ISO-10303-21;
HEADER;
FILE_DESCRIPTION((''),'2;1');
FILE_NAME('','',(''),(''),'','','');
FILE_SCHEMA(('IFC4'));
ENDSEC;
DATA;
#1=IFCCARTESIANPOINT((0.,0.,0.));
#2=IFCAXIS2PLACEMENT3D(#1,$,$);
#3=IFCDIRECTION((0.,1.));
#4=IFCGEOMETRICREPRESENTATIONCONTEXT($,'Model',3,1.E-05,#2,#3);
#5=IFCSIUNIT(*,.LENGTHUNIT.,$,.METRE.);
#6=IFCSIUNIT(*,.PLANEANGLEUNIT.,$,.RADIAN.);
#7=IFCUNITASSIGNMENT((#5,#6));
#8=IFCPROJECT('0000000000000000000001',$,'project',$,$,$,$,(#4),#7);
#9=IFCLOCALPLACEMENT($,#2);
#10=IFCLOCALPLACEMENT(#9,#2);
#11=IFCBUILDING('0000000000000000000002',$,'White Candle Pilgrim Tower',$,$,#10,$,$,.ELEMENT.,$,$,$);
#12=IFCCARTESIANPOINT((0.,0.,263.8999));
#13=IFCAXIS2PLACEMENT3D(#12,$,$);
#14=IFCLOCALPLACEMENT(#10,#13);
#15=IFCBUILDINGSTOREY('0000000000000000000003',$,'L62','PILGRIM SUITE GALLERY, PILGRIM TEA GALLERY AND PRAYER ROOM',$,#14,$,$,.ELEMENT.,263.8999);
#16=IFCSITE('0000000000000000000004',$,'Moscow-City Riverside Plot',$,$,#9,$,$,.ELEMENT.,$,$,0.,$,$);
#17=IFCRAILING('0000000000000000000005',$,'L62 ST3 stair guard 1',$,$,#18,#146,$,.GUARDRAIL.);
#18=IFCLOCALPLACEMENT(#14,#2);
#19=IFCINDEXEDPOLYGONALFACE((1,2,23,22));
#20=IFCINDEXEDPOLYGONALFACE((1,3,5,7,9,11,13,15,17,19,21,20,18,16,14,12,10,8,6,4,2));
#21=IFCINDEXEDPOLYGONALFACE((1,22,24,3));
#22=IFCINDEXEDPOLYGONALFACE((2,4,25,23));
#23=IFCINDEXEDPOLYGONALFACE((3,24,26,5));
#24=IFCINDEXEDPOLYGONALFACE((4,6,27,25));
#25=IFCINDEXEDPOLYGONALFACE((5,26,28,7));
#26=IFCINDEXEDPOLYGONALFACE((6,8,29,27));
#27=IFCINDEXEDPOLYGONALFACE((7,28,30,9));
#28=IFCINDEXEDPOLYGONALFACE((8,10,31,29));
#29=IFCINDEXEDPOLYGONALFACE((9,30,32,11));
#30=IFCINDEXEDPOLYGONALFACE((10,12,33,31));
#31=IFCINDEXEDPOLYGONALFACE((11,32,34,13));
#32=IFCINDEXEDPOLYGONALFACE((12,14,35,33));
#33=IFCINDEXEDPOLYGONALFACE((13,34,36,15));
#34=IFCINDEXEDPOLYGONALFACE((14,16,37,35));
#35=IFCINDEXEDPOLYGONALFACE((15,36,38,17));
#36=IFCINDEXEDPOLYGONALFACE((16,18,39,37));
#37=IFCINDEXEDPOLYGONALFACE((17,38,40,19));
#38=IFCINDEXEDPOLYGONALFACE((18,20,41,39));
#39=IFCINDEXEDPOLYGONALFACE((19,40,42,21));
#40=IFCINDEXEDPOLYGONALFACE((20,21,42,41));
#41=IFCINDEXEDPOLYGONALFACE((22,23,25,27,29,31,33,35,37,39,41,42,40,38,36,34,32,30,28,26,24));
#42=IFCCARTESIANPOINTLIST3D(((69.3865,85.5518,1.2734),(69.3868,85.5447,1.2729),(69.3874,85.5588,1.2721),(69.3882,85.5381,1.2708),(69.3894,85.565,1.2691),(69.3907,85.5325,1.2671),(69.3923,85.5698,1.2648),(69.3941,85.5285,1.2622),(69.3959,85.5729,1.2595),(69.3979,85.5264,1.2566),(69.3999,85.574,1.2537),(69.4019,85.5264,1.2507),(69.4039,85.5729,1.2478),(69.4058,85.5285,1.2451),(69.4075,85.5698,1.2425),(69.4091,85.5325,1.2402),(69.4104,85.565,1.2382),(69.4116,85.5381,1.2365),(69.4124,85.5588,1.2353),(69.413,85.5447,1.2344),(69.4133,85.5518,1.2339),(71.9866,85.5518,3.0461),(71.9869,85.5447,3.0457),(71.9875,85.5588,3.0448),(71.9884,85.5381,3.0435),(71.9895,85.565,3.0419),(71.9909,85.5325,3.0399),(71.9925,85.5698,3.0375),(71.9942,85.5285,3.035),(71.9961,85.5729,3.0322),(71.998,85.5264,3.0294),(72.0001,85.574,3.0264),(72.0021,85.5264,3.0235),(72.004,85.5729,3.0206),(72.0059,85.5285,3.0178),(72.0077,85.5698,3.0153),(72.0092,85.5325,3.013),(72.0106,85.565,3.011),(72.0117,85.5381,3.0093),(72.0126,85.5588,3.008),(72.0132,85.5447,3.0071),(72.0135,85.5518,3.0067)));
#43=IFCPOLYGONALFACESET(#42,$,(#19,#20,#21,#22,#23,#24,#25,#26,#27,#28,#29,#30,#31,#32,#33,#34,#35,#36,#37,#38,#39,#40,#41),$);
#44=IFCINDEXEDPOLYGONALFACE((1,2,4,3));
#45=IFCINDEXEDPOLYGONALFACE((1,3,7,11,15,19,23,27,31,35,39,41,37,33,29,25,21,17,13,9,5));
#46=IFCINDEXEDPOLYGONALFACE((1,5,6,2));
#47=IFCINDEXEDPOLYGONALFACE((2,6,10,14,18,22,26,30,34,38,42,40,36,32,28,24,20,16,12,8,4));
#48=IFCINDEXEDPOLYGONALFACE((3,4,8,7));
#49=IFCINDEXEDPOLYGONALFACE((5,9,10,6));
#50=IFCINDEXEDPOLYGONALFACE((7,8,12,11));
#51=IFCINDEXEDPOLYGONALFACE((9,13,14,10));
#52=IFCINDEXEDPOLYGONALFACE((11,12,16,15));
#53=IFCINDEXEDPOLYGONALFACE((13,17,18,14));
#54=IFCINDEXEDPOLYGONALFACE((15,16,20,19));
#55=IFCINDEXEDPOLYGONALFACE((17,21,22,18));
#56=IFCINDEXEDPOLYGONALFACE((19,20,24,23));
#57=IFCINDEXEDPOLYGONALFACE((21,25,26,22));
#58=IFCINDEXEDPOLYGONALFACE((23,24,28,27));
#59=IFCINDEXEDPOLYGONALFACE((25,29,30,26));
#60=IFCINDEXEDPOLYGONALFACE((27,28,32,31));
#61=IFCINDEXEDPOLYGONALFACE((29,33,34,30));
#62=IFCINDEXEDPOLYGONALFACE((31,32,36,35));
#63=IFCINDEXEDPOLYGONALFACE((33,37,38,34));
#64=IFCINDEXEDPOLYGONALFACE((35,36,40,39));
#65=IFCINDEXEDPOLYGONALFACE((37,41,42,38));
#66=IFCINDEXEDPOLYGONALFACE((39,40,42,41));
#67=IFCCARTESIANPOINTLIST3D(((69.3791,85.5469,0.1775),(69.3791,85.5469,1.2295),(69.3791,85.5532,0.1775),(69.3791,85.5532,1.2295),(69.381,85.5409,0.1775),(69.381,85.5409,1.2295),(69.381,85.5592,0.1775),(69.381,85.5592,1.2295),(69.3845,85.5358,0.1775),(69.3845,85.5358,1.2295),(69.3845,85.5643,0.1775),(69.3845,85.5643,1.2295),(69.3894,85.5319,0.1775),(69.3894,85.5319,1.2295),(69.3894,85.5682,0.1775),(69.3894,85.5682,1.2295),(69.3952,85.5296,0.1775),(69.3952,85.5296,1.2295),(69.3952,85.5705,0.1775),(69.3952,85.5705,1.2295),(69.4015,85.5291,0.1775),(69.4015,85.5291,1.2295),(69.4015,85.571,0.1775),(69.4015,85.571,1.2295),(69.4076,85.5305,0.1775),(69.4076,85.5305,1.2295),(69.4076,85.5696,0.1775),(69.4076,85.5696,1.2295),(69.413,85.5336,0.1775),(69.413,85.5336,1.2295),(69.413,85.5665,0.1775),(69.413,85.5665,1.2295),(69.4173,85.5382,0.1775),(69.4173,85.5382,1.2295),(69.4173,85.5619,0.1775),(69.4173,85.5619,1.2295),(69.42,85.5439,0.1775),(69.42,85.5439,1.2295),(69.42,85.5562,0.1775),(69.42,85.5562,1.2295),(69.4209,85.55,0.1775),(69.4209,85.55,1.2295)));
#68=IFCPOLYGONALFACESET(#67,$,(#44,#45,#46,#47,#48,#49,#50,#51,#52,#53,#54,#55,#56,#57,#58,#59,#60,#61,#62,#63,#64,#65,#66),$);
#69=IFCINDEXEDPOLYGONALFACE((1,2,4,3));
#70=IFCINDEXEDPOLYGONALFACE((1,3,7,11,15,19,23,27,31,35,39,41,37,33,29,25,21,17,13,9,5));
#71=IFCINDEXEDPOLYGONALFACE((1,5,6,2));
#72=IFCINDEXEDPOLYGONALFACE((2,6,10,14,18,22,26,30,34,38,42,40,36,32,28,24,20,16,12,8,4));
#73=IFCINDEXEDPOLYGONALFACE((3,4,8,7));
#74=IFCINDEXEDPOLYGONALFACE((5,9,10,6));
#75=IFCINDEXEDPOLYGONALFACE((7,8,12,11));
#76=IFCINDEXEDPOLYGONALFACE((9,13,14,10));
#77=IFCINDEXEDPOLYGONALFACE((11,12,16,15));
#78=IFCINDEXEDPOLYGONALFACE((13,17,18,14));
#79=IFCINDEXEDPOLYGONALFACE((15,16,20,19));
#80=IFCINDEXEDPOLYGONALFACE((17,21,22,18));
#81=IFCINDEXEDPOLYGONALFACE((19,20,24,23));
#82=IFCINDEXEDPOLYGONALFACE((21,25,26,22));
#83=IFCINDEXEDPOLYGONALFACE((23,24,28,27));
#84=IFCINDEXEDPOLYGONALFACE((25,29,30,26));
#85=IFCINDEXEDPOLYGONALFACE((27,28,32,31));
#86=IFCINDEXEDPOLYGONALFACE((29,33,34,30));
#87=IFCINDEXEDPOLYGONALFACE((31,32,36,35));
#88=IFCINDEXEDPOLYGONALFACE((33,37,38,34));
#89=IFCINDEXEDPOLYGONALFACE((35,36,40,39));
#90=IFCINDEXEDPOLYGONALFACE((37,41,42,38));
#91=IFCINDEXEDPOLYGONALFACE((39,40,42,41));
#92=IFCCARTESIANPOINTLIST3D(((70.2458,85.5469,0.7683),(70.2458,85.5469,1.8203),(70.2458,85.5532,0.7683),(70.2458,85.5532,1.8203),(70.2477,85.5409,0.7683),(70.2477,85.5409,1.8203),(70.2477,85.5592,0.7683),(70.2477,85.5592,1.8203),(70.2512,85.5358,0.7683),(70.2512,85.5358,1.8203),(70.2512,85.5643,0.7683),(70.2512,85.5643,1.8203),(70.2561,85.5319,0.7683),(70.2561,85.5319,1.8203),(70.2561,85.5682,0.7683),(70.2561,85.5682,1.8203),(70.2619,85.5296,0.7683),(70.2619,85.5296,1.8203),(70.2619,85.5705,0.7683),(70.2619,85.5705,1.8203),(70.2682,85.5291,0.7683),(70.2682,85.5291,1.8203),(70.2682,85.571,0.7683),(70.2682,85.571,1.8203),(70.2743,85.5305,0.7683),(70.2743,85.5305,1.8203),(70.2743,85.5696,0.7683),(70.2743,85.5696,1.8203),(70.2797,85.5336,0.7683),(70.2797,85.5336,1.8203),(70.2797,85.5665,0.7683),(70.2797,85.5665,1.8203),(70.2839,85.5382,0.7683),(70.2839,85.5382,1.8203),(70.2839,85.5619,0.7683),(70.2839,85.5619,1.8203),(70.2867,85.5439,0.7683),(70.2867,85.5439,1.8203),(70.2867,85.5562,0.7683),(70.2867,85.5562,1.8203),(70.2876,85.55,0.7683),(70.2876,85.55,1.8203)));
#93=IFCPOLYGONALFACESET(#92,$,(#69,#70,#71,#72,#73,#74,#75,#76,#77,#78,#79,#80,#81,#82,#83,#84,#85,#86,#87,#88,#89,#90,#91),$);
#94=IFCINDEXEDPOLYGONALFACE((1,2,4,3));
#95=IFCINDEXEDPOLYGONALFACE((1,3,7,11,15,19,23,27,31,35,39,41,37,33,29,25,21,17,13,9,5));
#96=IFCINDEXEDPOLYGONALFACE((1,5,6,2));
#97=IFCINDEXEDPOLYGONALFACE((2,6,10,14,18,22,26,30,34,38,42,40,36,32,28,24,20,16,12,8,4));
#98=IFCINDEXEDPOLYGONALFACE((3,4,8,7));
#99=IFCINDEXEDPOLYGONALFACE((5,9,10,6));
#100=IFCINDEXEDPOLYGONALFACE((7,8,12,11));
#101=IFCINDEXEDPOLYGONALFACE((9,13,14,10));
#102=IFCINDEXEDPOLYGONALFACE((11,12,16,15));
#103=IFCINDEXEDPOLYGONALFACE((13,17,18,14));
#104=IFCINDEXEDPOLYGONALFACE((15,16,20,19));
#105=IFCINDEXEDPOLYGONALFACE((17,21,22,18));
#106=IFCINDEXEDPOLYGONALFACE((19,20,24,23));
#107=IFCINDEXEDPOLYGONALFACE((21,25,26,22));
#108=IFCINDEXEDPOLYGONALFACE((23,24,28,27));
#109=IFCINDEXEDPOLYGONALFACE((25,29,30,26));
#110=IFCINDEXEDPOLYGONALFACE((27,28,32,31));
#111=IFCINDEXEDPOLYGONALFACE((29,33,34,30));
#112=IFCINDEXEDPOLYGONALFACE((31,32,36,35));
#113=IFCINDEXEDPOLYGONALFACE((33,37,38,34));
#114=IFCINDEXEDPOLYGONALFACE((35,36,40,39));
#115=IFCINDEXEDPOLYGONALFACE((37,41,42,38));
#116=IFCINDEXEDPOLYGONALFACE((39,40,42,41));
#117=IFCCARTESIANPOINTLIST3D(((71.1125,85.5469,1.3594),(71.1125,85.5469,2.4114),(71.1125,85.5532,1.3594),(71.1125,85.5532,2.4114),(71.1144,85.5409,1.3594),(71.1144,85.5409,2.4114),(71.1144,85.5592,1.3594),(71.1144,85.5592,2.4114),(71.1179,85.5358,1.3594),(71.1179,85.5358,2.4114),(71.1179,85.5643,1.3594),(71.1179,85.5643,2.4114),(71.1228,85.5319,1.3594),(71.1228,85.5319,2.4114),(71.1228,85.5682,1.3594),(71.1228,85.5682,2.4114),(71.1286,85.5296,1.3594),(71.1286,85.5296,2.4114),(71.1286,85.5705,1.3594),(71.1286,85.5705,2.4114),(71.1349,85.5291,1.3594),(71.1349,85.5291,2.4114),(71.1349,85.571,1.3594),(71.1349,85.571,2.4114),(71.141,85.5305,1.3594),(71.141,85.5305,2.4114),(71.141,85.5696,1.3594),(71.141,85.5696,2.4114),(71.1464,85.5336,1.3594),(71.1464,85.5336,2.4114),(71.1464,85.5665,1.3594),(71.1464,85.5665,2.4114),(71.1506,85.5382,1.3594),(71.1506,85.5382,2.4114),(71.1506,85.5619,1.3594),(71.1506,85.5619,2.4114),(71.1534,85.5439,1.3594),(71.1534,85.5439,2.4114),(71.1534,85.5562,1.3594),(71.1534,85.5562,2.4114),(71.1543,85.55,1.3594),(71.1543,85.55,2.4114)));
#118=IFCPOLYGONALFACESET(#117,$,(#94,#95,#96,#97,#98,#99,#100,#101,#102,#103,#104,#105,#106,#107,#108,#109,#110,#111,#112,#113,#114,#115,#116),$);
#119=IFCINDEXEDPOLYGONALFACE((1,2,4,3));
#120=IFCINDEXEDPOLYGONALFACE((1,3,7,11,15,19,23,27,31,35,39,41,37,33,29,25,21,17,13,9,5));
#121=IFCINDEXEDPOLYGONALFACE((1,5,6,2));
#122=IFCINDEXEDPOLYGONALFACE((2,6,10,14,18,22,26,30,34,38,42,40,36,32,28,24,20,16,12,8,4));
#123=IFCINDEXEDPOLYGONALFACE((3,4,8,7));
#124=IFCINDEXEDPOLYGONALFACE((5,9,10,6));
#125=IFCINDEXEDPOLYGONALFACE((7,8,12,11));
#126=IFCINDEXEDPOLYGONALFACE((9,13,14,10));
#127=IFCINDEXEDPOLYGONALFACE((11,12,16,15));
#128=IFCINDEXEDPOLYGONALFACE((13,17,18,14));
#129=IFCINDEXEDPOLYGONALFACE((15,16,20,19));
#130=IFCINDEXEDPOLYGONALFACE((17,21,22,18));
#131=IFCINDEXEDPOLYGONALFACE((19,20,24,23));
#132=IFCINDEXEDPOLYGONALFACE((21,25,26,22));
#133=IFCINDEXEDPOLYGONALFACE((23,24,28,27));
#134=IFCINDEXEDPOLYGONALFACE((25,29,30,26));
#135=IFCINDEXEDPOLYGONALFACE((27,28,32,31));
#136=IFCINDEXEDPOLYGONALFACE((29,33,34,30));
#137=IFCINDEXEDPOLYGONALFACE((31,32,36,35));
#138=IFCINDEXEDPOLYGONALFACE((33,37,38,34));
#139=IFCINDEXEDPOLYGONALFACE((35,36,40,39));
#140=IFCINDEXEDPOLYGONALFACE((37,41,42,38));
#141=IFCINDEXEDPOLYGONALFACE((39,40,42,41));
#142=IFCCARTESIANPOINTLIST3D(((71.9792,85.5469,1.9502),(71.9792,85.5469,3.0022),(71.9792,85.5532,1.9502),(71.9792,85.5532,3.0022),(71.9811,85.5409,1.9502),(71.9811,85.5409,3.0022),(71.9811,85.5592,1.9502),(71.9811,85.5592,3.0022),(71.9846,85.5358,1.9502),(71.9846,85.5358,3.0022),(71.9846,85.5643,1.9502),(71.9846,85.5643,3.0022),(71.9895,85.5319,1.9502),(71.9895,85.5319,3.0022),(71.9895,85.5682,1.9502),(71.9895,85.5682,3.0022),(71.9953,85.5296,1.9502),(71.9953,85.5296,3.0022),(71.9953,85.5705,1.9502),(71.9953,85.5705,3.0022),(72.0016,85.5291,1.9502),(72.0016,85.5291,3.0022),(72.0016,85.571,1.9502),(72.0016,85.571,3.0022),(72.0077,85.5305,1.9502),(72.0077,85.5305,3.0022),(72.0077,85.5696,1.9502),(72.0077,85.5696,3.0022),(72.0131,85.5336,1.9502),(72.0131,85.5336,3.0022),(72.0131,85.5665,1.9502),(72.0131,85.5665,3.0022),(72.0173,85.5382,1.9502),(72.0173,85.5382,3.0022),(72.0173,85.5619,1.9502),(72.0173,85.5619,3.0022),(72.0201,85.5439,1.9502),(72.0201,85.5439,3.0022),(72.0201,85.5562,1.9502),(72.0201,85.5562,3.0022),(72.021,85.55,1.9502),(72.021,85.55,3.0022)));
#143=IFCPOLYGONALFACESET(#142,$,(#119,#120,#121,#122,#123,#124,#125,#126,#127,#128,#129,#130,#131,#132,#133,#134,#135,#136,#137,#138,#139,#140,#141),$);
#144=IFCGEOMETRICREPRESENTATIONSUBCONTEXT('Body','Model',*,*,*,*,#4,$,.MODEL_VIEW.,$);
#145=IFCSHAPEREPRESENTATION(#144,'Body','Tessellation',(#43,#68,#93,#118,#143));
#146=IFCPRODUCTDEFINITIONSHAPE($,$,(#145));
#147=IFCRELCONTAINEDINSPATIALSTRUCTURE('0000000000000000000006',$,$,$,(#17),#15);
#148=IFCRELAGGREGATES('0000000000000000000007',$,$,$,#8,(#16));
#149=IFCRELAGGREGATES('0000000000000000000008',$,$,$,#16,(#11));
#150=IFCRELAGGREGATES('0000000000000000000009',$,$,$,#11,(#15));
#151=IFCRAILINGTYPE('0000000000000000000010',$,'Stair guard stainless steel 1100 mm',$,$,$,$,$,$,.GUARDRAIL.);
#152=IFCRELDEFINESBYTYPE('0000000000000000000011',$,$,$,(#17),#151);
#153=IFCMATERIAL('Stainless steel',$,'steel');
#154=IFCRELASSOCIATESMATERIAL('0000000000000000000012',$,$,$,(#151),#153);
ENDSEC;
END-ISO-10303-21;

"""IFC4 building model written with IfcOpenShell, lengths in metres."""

from ifc_helpers import new_model, si_unit, direction, frame, origin, origin_2d, place, context, subcontext, project, spatial, circle, extrude, material, type_object, element, save


model = new_model("IFC4")

# Units and contexts
model_context = context("Model", 3, precision=1e-05, world=origin(), true_north=direction((0.0, 1.0)))
body_context = subcontext(model_context, "Body", "Model", "MODEL_VIEW")
ifc_project = project(units=[si_unit("LENGTHUNIT", "METRE"), si_unit("PLANEANGLEUNIT", "RADIAN")], contexts=[model_context])

# Site, building, storey
site_placement = place(None, origin())
site = spatial("IfcSite", under=ifc_project, at=site_placement, Name="Moscow-City Riverside Plot", CompositionType="ELEMENT", RefElevation=0.0)
building_placement = place(site_placement, origin())
building = spatial("IfcBuilding", under=site, at=building_placement, Name="White Candle Pilgrim Tower", CompositionType="ELEMENT")
storey_placement = place(building_placement, frame((0.0, 0.0, 263.8999)))
storey = spatial("IfcBuildingStorey", under=building, at=storey_placement, Name="L62", Description="PILGRIM SUITE GALLERY, PILGRIM TEA GALLERY AND PRAYER ROOM", CompositionType="ELEMENT", Elevation=263.8999)

# Railing
ifc_material_1 = material(Name="Stainless steel", Category="steel")
railing_type_1 = type_object("IfcRailingType", Name="Stair guard stainless steel 1100 mm", PredefinedType="GUARDRAIL", material=ifc_material_1)
railing_1_placement = place(storey_placement, frame((69.3999, 85.55, 0.1775)))
element("IfcRailing", 1, at=railing_1_placement, inside=storey, type_object=railing_type_1, Name="L62 ST3 stair guard 1", PredefinedType="GUARDRAIL", context=body_context, shape_type="SweptSolid", body=[
    extrude(circle(Radius=0.0239, at=origin_2d()), frame((0.0, 0.0, 1.0762), z_axis=(0.82624, 0.0, 0.563318), x_axis=(0.0, 1.0, 0.0)), (0.0, 0.0, 1.0), 3.147),
    extrude(circle(Radius=0.021, at=origin_2d()), origin(), (0.0, 0.0, 1.0), 1.052),
    extrude(circle(Radius=0.021, at=origin_2d()), frame((0.8667, 0.0, 0.5908)), (0.0, 0.0, 1.0), 1.052),
    extrude(circle(Radius=0.021, at=origin_2d()), frame((1.7334, 0.0, 1.1819)), (0.0, 0.0, 1.0), 1.052),
    extrude(circle(Radius=0.021, at=origin_2d()), frame((2.6001, 0.0, 1.7727)), (0.0, 0.0, 1.0), 1.052),
])

save(model, "model.ifc")
